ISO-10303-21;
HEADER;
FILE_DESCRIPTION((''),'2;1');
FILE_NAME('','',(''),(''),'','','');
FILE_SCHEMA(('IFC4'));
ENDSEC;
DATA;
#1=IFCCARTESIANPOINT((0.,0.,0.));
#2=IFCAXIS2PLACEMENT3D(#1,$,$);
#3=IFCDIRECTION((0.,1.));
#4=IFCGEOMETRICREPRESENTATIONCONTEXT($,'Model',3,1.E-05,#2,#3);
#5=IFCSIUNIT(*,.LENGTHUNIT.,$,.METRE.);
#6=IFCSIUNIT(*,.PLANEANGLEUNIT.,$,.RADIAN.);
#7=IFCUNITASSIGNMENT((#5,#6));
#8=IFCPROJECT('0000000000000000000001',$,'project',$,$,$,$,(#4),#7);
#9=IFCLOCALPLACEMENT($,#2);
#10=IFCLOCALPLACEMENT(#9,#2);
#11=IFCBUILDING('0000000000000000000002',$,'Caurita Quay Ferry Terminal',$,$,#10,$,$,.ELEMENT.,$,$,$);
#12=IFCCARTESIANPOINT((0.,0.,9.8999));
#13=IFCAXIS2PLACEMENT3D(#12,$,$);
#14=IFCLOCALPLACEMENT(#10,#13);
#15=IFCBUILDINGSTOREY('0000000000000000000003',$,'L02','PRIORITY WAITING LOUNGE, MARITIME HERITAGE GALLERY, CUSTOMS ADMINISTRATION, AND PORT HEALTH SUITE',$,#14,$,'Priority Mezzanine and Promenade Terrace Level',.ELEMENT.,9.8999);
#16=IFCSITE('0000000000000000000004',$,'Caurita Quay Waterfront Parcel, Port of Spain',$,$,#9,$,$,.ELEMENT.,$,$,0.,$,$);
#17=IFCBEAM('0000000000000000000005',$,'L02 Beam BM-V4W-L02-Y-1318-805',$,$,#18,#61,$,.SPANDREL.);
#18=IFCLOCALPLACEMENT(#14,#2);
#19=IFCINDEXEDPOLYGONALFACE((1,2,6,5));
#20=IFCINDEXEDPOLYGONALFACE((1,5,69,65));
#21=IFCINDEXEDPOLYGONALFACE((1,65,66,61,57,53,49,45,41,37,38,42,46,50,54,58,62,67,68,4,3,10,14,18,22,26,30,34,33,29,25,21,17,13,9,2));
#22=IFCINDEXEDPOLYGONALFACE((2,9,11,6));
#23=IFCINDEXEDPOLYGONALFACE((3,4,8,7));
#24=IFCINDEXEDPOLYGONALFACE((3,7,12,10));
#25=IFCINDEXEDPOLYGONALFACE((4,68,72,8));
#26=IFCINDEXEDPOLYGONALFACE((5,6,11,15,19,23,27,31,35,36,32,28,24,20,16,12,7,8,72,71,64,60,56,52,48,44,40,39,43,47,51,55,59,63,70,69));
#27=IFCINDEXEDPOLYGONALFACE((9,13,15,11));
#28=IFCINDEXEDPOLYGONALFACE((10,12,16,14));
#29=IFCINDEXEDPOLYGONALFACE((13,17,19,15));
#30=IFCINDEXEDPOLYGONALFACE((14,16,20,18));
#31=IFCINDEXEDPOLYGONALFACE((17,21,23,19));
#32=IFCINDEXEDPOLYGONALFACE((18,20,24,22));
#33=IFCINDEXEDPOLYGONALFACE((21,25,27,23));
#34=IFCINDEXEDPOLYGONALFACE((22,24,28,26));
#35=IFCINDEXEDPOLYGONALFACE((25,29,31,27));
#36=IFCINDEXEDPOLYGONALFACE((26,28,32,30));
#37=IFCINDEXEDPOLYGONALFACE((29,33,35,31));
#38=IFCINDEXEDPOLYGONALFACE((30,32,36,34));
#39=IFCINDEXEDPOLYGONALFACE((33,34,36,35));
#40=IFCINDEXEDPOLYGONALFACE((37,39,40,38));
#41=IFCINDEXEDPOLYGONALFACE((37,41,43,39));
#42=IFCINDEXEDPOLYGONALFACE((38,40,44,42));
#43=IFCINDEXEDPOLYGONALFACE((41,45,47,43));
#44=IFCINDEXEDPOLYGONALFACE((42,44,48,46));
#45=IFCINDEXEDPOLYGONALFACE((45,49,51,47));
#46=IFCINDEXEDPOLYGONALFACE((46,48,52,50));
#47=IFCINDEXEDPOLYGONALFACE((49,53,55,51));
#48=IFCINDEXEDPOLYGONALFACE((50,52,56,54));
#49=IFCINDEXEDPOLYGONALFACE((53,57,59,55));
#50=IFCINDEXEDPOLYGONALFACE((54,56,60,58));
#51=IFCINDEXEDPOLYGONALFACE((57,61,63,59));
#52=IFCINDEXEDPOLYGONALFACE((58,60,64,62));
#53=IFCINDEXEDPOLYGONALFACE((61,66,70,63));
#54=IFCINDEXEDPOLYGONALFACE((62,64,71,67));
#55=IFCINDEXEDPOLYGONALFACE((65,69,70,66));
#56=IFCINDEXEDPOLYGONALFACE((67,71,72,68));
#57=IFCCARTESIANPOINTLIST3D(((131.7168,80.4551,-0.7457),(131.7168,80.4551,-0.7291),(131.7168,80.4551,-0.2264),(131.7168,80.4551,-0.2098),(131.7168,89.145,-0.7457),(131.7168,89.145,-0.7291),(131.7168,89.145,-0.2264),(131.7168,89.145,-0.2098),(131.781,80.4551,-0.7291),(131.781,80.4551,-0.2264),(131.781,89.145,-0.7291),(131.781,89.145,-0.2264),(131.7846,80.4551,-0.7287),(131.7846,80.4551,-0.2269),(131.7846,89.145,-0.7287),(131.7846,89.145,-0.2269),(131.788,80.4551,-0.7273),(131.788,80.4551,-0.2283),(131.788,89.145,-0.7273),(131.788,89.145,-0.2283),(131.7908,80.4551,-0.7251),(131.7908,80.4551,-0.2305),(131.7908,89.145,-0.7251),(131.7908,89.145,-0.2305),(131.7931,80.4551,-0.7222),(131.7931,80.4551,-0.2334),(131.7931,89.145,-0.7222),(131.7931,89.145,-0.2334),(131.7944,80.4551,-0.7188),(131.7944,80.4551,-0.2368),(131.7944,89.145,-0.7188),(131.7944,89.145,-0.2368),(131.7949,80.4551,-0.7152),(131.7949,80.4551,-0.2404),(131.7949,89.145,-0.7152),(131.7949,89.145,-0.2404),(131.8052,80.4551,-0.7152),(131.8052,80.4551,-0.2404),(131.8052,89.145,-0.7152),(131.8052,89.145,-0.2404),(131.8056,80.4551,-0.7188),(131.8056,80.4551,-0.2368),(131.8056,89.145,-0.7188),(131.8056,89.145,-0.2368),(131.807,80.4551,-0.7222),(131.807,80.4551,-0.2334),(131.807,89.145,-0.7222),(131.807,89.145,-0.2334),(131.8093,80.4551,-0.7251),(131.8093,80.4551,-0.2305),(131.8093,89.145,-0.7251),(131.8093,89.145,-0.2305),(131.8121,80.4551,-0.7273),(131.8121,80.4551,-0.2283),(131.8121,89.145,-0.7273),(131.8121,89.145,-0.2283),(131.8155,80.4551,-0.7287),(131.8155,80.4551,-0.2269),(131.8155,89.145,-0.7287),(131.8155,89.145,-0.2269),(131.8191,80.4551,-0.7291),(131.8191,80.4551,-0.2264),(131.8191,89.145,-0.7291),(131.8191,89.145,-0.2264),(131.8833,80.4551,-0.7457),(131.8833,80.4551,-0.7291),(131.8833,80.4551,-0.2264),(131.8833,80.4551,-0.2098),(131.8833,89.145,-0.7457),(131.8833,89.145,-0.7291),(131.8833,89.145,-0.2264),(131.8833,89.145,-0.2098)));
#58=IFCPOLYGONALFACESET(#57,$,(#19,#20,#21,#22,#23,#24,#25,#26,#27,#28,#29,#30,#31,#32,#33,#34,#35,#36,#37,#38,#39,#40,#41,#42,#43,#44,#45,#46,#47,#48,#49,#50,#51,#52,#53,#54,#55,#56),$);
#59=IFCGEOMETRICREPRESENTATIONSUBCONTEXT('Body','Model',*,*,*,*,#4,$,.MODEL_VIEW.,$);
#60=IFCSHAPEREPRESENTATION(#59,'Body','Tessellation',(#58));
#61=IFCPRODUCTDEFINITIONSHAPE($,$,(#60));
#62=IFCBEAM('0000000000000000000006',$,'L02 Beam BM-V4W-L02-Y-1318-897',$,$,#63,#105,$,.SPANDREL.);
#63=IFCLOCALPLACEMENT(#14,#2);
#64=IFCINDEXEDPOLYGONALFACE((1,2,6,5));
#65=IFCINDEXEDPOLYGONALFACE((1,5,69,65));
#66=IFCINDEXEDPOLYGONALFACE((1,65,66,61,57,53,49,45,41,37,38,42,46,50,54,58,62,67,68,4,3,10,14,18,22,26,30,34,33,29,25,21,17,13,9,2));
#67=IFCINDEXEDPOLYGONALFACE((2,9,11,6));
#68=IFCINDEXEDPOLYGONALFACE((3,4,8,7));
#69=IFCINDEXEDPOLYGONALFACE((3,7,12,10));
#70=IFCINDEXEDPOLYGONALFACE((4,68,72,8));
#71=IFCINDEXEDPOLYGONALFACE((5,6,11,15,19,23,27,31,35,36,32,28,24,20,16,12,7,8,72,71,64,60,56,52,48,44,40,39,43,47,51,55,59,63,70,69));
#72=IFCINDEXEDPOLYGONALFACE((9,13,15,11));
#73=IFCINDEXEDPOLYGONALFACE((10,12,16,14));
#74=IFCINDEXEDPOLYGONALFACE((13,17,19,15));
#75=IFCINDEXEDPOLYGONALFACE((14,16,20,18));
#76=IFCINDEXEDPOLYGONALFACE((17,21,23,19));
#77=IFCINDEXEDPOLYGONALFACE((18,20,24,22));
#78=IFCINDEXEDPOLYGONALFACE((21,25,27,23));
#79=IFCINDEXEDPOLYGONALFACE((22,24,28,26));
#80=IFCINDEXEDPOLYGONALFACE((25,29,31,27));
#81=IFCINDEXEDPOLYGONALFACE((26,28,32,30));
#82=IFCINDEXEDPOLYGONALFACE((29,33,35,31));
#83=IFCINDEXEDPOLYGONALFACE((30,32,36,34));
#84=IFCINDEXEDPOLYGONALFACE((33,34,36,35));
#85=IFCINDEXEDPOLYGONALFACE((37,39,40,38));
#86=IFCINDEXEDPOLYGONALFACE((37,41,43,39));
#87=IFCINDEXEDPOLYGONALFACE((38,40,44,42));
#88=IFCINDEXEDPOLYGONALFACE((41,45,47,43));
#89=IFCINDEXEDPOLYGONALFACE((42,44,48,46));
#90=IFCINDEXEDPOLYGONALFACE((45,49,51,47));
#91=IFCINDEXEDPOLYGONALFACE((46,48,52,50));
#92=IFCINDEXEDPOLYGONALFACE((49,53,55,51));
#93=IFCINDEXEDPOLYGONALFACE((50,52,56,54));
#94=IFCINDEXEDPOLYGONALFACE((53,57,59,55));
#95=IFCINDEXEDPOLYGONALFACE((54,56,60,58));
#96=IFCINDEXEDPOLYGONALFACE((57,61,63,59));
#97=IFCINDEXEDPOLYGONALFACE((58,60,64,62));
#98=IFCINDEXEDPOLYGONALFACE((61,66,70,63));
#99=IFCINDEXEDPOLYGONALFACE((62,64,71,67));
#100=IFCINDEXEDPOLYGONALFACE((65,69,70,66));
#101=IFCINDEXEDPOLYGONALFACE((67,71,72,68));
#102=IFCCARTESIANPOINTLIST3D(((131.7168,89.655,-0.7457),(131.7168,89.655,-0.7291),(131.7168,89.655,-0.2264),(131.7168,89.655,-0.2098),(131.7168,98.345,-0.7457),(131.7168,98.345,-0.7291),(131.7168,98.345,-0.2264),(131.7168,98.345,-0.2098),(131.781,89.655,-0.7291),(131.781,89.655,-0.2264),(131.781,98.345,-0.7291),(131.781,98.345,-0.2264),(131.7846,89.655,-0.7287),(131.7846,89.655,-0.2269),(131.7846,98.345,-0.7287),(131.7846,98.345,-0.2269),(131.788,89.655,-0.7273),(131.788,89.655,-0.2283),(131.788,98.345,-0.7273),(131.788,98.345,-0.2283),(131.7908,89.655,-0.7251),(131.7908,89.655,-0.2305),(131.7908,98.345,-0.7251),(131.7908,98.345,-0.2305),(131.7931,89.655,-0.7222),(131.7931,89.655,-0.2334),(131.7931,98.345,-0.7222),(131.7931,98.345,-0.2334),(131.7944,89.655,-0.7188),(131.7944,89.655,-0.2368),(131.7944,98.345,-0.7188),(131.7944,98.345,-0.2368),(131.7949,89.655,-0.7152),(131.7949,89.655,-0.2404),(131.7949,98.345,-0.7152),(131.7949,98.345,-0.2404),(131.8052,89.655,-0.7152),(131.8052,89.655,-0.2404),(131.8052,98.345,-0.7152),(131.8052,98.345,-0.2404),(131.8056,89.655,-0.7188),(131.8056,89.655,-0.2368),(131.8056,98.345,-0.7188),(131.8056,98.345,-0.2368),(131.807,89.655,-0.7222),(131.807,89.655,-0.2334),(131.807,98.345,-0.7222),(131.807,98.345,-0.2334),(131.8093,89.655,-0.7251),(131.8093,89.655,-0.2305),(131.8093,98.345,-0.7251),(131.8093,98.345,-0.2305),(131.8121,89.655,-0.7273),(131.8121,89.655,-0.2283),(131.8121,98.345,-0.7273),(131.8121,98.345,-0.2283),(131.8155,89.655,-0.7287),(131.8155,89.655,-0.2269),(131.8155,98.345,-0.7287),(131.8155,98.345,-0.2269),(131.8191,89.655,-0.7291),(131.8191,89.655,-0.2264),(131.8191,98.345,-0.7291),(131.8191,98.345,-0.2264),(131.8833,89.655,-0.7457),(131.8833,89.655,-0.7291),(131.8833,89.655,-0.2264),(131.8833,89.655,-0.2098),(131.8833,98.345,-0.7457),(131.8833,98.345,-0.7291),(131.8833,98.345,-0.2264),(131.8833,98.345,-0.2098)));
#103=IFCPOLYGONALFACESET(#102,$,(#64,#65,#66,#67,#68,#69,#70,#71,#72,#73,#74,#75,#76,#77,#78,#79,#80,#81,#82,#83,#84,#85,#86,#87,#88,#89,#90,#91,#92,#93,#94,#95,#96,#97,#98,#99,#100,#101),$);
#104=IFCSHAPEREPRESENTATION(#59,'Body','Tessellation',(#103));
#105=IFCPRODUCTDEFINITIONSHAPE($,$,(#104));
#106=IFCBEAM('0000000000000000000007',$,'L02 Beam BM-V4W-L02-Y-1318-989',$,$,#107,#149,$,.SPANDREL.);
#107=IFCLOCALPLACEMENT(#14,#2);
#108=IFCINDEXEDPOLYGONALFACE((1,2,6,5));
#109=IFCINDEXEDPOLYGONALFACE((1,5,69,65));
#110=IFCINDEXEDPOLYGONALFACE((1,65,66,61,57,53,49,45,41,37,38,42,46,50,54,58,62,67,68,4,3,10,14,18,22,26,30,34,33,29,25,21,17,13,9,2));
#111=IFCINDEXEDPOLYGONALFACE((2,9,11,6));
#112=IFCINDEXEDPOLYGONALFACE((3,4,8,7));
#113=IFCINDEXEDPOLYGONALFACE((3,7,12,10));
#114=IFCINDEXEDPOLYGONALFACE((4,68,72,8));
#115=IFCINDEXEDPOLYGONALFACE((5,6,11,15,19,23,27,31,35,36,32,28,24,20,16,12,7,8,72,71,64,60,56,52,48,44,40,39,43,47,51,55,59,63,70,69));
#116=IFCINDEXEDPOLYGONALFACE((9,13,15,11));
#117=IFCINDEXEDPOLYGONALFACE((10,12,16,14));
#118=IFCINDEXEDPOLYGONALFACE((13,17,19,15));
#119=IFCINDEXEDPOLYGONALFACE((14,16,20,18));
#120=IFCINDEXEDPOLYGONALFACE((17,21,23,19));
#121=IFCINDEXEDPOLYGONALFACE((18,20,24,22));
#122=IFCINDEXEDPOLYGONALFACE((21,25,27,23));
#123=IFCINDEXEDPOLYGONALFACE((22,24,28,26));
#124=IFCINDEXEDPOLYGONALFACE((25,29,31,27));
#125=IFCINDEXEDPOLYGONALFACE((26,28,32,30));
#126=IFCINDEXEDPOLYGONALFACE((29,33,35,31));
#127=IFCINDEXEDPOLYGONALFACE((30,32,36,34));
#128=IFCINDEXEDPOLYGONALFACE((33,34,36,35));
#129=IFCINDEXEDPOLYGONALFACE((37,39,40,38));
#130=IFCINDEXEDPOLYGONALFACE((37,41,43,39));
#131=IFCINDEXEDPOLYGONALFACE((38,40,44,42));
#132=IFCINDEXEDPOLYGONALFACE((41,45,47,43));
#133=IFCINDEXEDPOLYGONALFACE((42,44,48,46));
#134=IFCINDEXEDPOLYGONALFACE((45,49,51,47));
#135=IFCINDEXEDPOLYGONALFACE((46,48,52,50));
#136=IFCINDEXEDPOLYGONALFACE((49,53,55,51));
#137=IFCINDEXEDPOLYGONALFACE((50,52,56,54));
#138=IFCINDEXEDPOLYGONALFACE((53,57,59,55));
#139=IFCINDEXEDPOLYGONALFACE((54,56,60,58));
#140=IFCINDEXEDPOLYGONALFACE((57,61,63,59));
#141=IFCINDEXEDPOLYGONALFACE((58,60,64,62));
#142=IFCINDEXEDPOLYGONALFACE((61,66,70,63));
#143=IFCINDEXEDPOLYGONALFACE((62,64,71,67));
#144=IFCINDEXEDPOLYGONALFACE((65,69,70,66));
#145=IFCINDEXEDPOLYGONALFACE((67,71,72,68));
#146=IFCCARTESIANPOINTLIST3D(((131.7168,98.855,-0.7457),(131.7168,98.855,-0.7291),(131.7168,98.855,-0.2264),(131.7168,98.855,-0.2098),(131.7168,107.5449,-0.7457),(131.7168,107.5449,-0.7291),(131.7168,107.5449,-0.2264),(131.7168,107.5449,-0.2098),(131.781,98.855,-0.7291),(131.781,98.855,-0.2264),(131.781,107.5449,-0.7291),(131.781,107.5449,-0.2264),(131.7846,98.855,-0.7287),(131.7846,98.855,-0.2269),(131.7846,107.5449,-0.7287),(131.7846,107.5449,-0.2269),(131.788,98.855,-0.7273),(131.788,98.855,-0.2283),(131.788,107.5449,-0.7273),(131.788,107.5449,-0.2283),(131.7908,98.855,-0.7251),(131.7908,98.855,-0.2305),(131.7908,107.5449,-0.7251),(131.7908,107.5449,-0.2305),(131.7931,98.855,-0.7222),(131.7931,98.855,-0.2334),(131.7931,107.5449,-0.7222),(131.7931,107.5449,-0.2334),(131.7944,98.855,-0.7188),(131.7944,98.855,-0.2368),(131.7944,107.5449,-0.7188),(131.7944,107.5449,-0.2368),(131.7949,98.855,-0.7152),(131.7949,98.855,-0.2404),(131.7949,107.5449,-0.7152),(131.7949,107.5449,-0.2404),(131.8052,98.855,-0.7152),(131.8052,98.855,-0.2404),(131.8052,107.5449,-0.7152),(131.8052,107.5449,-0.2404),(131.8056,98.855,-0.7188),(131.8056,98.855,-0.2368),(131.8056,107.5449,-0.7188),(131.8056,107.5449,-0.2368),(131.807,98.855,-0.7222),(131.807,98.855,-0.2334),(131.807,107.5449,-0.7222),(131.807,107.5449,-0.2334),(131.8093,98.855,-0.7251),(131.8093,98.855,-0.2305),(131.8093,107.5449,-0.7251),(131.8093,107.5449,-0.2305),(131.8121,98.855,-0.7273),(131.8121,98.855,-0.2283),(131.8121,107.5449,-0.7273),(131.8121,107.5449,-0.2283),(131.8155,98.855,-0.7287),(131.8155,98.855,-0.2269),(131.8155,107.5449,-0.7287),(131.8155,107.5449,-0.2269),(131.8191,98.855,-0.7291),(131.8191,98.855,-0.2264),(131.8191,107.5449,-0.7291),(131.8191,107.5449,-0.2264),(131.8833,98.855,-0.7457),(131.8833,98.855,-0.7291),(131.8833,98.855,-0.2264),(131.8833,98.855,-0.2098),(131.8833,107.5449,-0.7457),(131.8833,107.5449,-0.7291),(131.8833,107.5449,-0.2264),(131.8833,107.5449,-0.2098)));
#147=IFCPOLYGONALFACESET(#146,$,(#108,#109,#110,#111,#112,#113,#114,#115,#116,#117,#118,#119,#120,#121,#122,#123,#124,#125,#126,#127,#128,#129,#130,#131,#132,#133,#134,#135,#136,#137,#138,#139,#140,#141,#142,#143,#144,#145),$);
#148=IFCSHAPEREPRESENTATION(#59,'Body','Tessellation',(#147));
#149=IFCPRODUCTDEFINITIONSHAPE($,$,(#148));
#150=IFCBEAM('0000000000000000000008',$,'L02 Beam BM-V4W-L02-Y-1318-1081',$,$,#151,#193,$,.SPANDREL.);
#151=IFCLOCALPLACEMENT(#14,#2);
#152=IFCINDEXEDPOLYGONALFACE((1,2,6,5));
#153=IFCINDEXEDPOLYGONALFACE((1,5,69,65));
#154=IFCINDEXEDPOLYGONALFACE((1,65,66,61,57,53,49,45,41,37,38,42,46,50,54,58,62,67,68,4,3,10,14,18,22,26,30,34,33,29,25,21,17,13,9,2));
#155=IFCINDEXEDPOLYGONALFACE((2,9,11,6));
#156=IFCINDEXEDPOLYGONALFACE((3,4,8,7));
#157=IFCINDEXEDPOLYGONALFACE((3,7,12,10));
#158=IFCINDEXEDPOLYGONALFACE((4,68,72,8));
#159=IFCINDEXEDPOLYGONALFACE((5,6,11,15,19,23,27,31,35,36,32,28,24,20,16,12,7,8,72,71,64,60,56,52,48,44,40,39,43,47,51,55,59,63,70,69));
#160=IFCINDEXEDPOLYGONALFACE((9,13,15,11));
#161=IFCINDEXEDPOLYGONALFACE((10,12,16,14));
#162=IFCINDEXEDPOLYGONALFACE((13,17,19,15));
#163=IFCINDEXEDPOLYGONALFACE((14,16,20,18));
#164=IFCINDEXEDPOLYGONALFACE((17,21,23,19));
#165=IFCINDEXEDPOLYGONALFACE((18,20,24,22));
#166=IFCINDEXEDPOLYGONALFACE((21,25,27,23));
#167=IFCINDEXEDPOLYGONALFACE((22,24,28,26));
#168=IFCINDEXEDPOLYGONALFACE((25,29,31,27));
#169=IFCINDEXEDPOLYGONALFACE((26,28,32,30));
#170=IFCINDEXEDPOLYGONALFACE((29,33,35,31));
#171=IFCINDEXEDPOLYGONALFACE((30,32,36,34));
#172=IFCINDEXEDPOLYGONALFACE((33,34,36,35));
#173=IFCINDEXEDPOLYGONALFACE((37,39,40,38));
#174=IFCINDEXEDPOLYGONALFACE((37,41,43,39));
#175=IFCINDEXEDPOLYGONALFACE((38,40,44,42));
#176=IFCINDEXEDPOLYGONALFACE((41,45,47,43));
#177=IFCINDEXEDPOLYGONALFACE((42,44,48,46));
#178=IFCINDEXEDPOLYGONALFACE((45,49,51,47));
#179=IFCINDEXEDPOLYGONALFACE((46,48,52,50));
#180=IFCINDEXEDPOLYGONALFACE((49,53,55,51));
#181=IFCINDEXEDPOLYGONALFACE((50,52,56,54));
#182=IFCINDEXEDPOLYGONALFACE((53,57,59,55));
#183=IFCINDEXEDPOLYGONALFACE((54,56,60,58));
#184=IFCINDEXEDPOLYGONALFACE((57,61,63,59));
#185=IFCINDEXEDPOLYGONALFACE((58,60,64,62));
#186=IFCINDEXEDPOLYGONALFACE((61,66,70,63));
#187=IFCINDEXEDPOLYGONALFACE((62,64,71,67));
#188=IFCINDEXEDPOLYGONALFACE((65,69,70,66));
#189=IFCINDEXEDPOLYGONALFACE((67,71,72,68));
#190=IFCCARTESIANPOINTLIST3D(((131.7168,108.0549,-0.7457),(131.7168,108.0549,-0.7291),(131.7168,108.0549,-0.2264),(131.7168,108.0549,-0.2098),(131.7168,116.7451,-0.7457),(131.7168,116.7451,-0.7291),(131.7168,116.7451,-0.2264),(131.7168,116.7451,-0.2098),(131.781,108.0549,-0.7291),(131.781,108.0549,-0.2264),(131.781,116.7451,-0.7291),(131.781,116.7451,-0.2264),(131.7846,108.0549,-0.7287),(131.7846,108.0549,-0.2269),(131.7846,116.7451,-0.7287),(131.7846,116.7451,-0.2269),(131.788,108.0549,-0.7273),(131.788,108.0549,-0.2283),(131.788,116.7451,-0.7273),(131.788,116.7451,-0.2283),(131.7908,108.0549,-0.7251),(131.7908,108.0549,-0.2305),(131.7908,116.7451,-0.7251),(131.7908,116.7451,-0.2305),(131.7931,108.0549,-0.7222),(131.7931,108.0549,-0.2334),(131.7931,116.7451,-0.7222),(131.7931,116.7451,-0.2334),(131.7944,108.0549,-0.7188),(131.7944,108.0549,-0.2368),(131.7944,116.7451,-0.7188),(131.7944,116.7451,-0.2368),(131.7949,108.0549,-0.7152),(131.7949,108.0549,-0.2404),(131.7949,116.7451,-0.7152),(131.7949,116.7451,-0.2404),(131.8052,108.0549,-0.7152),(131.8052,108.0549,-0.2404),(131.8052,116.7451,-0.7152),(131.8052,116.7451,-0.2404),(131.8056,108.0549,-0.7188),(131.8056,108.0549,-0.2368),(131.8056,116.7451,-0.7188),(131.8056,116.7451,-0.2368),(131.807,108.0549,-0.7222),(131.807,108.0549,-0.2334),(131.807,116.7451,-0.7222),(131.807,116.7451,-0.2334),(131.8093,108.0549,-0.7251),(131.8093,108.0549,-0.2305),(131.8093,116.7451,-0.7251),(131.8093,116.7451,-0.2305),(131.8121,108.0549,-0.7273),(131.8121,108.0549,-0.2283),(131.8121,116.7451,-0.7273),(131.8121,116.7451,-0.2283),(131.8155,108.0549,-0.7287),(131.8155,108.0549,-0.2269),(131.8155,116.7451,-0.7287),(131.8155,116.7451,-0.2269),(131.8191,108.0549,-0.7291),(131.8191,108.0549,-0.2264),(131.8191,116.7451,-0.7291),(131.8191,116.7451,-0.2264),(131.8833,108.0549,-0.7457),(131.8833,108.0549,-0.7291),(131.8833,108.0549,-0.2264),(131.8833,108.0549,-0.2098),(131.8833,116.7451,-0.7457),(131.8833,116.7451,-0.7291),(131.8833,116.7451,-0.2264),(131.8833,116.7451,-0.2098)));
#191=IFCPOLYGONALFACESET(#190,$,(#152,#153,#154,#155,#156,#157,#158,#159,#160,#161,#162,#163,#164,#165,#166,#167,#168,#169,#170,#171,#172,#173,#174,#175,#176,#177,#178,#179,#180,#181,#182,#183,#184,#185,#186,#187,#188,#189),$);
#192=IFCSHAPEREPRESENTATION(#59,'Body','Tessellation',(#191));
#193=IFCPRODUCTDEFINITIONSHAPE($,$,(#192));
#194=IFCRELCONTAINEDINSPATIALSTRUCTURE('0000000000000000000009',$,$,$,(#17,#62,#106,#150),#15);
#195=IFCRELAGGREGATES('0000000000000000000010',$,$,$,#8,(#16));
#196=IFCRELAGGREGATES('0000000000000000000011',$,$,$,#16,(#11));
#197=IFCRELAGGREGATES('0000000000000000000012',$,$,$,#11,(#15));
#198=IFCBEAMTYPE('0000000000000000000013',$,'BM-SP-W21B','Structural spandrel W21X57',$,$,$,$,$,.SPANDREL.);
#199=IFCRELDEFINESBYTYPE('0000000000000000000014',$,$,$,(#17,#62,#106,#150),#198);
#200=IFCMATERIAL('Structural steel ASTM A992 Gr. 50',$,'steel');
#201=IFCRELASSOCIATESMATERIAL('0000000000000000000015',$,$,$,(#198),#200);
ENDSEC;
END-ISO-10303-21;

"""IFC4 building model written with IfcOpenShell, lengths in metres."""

from ifc_helpers import new_model, si_unit, direction, frame, origin, origin_2d, place, context, subcontext, project, spatial, i_section, extrude, material, material_profile, profile_set, type_object, element, save


model = new_model("IFC4")

# Units and contexts
model_context = context("Model", 3, precision=1e-05, world=origin(), true_north=direction((0.0, 1.0)))
body_context = subcontext(model_context, "Body", "Model", "MODEL_VIEW")
ifc_project = project(units=[si_unit("LENGTHUNIT", "METRE"), si_unit("PLANEANGLEUNIT", "RADIAN")], contexts=[model_context])

# Site, building, storey
site_placement = place(None, origin())
site = spatial("IfcSite", under=ifc_project, at=site_placement, Name="Caurita Quay Waterfront Parcel, Port of Spain", CompositionType="ELEMENT", RefElevation=0.0)
building_placement = place(site_placement, origin())
building = spatial("IfcBuilding", under=site, at=building_placement, Name="Caurita Quay Ferry Terminal", CompositionType="ELEMENT")
storey_placement = place(building_placement, frame((0.0, 0.0, 9.8999)))
storey = spatial("IfcBuildingStorey", under=building, at=storey_placement, Name="L02", Description="PRIORITY WAITING LOUNGE, MARITIME HERITAGE GALLERY, CUSTOMS ADMINISTRATION, AND PORT HEALTH SUITE", LongName="Priority Mezzanine and Promenade Terrace Level", CompositionType="ELEMENT", Elevation=9.8999)

# Shared definitions
ifc_material_1 = material(Name="Structural steel ASTM A992 Gr. 50", Category="steel")

# Beams
ifc_material_profile_1 = material_profile(ifc_material_1, i_section(OverallWidth=0.1665, OverallDepth=0.5359, WebThickness=0.0103, FlangeThickness=0.0166, FilletRadius=0.0139, at=origin_2d()), Name="W21X57")
ifc_profile_set_1 = profile_set([ifc_material_profile_1], Name="Structural steel ASTM A992 Gr. 50")
beam_type_1 = type_object("IfcBeamType", Name="BM-SP-W21B", Description="Structural spandrel W21X57", PredefinedType="SPANDREL", material=ifc_profile_set_1)
for number, where, z_axis, x_axis, name in (
    (1, (131.8, 80.4551, -0.4778), (0.0, 1.0, 0.0), (-1.0, 0.0, 0.0), "L02 Beam BM-V4W-L02-Y-1318-805"),
    (2, (131.8, 89.655, -0.4778), (0.0, 1.0, 0.0), (-1.0, 0.0, 0.0), "L02 Beam BM-V4W-L02-Y-1318-897"),
    (3, (131.8, 98.855, -0.4778), (0.0, 1.0, 0.0), (-1.0, 0.0, 0.0), "L02 Beam BM-V4W-L02-Y-1318-989"),
):
    element("IfcBeam", number, at=place(storey_placement, frame(where, z_axis=z_axis, x_axis=x_axis)), inside=storey, type_object=beam_type_1, Name=name, PredefinedType="SPANDREL", context=body_context, shape_type="SweptSolid", body=[
        extrude(i_section(OverallWidth=0.1665, OverallDepth=0.5359, WebThickness=0.0103, FlangeThickness=0.0166, FilletRadius=0.0139, at=origin_2d()), origin(), (0.0, 0.0, 1.0), 8.6899),
    ])
beam_1_placement = place(storey_placement, frame((131.8, 108.0549, -0.4778), z_axis=(0.0, 1.0, 0.0), x_axis=(-1.0, 0.0, 0.0)))
element("IfcBeam", 4, at=beam_1_placement, inside=storey, type_object=beam_type_1, Name="L02 Beam BM-V4W-L02-Y-1318-1081", PredefinedType="SPANDREL", context=body_context, shape_type="SweptSolid", body=[
    extrude(i_section(OverallWidth=0.1665, OverallDepth=0.5359, WebThickness=0.0103, FlangeThickness=0.0166, FilletRadius=0.0139, at=origin_2d()), origin(), (0.0, 0.0, 1.0), 8.6902),
])

save(model, "model.ifc")
